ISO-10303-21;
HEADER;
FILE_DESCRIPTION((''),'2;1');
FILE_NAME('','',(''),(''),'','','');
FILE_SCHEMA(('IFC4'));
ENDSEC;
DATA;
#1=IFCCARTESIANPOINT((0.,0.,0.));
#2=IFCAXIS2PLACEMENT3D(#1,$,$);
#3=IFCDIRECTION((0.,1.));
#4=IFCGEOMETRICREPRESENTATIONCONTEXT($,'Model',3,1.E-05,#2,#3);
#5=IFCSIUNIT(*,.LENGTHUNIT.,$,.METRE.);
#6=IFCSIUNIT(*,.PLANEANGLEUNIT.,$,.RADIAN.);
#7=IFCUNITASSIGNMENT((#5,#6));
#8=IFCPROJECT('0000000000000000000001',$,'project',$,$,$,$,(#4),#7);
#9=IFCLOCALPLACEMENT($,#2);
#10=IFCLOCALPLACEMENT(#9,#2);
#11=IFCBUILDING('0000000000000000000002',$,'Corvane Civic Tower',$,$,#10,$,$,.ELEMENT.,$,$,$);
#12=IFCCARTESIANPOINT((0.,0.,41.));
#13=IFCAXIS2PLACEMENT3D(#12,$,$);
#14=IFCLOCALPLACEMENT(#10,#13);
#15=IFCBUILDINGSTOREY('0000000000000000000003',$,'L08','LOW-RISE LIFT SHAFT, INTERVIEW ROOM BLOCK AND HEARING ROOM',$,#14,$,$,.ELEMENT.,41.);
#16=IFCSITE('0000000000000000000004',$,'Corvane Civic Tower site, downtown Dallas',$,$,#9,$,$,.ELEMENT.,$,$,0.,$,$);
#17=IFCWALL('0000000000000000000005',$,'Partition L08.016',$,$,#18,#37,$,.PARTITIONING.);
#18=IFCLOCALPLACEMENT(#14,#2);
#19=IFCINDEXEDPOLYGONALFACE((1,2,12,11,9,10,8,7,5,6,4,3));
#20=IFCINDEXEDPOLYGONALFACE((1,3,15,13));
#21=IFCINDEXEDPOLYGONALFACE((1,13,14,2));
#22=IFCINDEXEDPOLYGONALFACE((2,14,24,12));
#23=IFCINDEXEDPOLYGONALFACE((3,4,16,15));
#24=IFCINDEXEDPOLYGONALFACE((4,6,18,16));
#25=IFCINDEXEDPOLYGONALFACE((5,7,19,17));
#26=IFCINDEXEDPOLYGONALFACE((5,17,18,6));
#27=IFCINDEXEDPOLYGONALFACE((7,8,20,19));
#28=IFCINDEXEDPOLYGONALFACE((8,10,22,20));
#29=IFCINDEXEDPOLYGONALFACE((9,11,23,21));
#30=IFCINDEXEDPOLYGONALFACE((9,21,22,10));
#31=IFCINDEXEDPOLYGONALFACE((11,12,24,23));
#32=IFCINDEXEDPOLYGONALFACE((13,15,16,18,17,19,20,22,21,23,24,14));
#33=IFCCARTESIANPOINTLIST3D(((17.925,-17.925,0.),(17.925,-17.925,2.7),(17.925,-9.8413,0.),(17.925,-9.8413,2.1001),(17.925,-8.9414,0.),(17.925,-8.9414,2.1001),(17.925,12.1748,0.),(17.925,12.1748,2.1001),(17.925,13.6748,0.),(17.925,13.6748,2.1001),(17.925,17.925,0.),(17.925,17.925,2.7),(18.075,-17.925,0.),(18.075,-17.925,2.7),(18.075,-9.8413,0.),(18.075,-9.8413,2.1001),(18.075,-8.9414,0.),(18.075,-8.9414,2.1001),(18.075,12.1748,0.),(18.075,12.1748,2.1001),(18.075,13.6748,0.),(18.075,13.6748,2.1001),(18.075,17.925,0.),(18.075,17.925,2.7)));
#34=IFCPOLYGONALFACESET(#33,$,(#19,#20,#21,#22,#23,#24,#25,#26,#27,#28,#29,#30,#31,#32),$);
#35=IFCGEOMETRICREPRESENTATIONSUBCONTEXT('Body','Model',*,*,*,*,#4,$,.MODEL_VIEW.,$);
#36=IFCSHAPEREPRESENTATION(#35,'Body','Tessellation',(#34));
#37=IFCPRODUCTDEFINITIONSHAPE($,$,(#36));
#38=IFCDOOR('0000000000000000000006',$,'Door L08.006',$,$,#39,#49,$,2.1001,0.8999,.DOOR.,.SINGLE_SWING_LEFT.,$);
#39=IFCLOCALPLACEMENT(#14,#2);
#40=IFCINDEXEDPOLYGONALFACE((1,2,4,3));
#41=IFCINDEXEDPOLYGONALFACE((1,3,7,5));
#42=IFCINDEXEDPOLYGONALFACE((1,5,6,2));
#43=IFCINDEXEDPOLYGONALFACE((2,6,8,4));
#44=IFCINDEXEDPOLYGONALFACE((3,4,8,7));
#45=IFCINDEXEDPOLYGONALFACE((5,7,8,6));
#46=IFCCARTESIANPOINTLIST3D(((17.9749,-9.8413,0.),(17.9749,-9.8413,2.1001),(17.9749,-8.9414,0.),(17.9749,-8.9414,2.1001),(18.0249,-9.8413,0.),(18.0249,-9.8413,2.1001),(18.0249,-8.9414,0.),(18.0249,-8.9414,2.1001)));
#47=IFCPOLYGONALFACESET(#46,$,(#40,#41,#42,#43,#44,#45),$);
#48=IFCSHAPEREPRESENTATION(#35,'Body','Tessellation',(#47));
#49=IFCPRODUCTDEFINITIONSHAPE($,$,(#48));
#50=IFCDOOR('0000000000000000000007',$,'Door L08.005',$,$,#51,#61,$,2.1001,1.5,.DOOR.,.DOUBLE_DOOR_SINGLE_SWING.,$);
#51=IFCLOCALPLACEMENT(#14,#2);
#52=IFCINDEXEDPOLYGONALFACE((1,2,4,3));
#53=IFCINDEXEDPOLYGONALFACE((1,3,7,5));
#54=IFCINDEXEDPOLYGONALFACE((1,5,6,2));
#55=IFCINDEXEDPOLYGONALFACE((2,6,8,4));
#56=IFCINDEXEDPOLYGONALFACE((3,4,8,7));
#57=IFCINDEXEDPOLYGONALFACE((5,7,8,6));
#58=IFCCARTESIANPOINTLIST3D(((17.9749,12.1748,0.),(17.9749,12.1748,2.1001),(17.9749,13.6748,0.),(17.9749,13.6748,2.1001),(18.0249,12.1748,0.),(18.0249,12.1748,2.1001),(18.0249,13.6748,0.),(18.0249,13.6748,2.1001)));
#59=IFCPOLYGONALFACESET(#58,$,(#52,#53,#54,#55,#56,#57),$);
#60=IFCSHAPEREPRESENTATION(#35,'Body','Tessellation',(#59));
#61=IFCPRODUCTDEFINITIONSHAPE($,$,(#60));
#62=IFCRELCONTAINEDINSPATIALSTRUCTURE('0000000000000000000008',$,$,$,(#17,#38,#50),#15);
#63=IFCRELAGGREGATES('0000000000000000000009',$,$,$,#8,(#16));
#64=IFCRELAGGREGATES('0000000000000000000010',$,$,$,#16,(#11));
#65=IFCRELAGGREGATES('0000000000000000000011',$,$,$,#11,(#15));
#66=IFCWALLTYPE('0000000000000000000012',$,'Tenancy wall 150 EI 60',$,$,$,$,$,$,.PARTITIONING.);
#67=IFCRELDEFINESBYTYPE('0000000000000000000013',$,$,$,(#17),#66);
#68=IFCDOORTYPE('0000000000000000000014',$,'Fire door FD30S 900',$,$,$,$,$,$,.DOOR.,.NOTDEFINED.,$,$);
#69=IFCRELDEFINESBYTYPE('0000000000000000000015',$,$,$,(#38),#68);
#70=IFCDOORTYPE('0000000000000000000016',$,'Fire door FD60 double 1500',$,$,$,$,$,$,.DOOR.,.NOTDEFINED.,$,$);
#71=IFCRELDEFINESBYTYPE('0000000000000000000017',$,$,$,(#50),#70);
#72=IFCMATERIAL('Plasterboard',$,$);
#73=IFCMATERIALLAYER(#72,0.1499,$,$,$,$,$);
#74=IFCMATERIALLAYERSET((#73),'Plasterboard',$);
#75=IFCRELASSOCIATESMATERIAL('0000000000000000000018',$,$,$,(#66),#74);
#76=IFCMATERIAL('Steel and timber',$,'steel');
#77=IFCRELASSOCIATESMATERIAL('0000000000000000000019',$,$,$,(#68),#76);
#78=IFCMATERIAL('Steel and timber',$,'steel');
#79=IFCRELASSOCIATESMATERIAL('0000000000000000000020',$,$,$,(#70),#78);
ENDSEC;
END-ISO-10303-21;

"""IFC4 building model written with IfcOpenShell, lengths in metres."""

from ifc_helpers import new_model, si_unit, direction, frame, frame_2d, origin, place, context, subcontext, project, spatial, rectangle, extrude, material, layer, layer_set, type_object, element, fill, save


model = new_model("IFC4")

# Units and contexts
model_context = context("Model", 3, precision=1e-05, world=origin(), true_north=direction((0.0, 1.0)))
body_context = subcontext(model_context, "Body", "Model", "MODEL_VIEW")
ifc_project = project(units=[si_unit("LENGTHUNIT", "METRE"), si_unit("PLANEANGLEUNIT", "RADIAN")], contexts=[model_context])

# Site, building, storey
site_placement = place(None, origin())
site = spatial("IfcSite", under=ifc_project, at=site_placement, Name="Corvane Civic Tower site, downtown Dallas", CompositionType="ELEMENT", RefElevation=0.0)
building_placement = place(site_placement, origin())
building = spatial("IfcBuilding", under=site, at=building_placement, Name="Corvane Civic Tower", CompositionType="ELEMENT")
storey_placement = place(building_placement, frame((0.0, 0.0, 41.0)))
storey = spatial("IfcBuildingStorey", under=building, at=storey_placement, Name="L08", Description="LOW-RISE LIFT SHAFT, INTERVIEW ROOM BLOCK AND HEARING ROOM", CompositionType="ELEMENT", Elevation=41.0)

# Wall, openings, doors
ifc_material_1 = material(Name="Plasterboard")
ifc_layer_1 = layer(ifc_material_1, 0.1499)
ifc_layer_set_1 = layer_set([ifc_layer_1], Name="Plasterboard")
wall_type_1 = type_object("IfcWallType", Name="Tenancy wall 150 EI 60", PredefinedType="PARTITIONING", material=ifc_layer_set_1)
wall_1_placement = place(storey_placement, frame((18.0, -17.925, 0.0), z_axis=(0.0, 0.0, 1.0), x_axis=(0.0, 1.0, 0.0)))
wall_1 = element("IfcWall", 1, at=wall_1_placement, inside=storey, type_object=wall_type_1, Name="Partition L08.016", PredefinedType="PARTITIONING", context=body_context, shape_type="SweptSolid", body=[
    extrude(rectangle(XDim=35.8501, YDim=0.1499, at=frame_2d((17.925, 0.0))), origin(), (0.0, 0.0, 1.0), 2.7),
])
opening_1_placement = place(wall_1_placement, frame((30.0999, 0.0, 0.0)))
opening_1 = element("IfcOpeningElement", 2, at=opening_1_placement, cuts=wall_1, PredefinedType="OPENING", context=body_context, shape_type="SweptSolid", body=[
    extrude(rectangle(XDim=1.5, YDim=2.1001, at=frame_2d((0.75, 1.05))), frame((0.0, 0.085, 0.0), z_axis=(0.0, -1.0, 0.0), x_axis=(1.0, 0.0, 0.0)), (0.0, 0.0, 1.0), 0.1699),
])
opening_2_placement = place(wall_1_placement, frame((8.0837, 0.0, 0.0)))
opening_2 = element("IfcOpeningElement", 3, at=opening_2_placement, cuts=wall_1, PredefinedType="OPENING", context=body_context, shape_type="SweptSolid", body=[
    extrude(rectangle(XDim=0.8999, YDim=2.1001, at=frame_2d((0.45, 1.05))), frame((0.0, 0.085, 0.0), z_axis=(0.0, -1.0, 0.0), x_axis=(1.0, 0.0, 0.0)), (0.0, 0.0, 1.0), 0.1699),
])
ifc_material_2 = material(Name="Steel and timber", Category="steel")
door_type_1 = type_object("IfcDoorType", Name="Fire door FD30S 900", OperationType="NOTDEFINED", PredefinedType="DOOR", material=ifc_material_2)
door_1_placement = place(opening_2_placement, frame((0.8999, 0.0, 0.0), z_axis=(0.0, 0.0, 1.0), x_axis=(-1.0, 0.0, 0.0)))
door_1 = element("IfcDoor", 4, at=door_1_placement, inside=storey, type_object=door_type_1, Name="Door L08.006", OperationType="SINGLE_SWING_LEFT", OverallHeight=2.1001, OverallWidth=0.8999, PredefinedType="DOOR", context=body_context, shape_type="SweptSolid", body=[
    extrude(rectangle(XDim=0.8999, YDim=2.1001, at=frame_2d((0.45, 1.05))), frame((0.0, 0.0249, 0.0), z_axis=(0.0, -1.0, 0.0), x_axis=(1.0, 0.0, 0.0)), (0.0, 0.0, 1.0), 0.05),
])
fill(opening_2, door_1)
ifc_material_3 = material(Name="Steel and timber", Category="steel")
door_type_2 = type_object("IfcDoorType", Name="Fire door FD60 double 1500", OperationType="NOTDEFINED", PredefinedType="DOOR", material=ifc_material_3)
door_2_placement = place(opening_1_placement, frame((1.5, 0.0, 0.0), z_axis=(0.0, 0.0, 1.0), x_axis=(-1.0, 0.0, 0.0)))
door_2 = element("IfcDoor", 5, at=door_2_placement, inside=storey, type_object=door_type_2, Name="Door L08.005", OperationType="DOUBLE_DOOR_SINGLE_SWING", OverallHeight=2.1001, OverallWidth=1.5, PredefinedType="DOOR", context=body_context, shape_type="SweptSolid", body=[
    extrude(rectangle(XDim=1.5, YDim=2.1001, at=frame_2d((0.75, 1.05))), frame((0.0, 0.0249, 0.0), z_axis=(0.0, -1.0, 0.0), x_axis=(1.0, 0.0, 0.0)), (0.0, 0.0, 1.0), 0.05),
])
fill(opening_1, door_2)

save(model, "model.ifc")
